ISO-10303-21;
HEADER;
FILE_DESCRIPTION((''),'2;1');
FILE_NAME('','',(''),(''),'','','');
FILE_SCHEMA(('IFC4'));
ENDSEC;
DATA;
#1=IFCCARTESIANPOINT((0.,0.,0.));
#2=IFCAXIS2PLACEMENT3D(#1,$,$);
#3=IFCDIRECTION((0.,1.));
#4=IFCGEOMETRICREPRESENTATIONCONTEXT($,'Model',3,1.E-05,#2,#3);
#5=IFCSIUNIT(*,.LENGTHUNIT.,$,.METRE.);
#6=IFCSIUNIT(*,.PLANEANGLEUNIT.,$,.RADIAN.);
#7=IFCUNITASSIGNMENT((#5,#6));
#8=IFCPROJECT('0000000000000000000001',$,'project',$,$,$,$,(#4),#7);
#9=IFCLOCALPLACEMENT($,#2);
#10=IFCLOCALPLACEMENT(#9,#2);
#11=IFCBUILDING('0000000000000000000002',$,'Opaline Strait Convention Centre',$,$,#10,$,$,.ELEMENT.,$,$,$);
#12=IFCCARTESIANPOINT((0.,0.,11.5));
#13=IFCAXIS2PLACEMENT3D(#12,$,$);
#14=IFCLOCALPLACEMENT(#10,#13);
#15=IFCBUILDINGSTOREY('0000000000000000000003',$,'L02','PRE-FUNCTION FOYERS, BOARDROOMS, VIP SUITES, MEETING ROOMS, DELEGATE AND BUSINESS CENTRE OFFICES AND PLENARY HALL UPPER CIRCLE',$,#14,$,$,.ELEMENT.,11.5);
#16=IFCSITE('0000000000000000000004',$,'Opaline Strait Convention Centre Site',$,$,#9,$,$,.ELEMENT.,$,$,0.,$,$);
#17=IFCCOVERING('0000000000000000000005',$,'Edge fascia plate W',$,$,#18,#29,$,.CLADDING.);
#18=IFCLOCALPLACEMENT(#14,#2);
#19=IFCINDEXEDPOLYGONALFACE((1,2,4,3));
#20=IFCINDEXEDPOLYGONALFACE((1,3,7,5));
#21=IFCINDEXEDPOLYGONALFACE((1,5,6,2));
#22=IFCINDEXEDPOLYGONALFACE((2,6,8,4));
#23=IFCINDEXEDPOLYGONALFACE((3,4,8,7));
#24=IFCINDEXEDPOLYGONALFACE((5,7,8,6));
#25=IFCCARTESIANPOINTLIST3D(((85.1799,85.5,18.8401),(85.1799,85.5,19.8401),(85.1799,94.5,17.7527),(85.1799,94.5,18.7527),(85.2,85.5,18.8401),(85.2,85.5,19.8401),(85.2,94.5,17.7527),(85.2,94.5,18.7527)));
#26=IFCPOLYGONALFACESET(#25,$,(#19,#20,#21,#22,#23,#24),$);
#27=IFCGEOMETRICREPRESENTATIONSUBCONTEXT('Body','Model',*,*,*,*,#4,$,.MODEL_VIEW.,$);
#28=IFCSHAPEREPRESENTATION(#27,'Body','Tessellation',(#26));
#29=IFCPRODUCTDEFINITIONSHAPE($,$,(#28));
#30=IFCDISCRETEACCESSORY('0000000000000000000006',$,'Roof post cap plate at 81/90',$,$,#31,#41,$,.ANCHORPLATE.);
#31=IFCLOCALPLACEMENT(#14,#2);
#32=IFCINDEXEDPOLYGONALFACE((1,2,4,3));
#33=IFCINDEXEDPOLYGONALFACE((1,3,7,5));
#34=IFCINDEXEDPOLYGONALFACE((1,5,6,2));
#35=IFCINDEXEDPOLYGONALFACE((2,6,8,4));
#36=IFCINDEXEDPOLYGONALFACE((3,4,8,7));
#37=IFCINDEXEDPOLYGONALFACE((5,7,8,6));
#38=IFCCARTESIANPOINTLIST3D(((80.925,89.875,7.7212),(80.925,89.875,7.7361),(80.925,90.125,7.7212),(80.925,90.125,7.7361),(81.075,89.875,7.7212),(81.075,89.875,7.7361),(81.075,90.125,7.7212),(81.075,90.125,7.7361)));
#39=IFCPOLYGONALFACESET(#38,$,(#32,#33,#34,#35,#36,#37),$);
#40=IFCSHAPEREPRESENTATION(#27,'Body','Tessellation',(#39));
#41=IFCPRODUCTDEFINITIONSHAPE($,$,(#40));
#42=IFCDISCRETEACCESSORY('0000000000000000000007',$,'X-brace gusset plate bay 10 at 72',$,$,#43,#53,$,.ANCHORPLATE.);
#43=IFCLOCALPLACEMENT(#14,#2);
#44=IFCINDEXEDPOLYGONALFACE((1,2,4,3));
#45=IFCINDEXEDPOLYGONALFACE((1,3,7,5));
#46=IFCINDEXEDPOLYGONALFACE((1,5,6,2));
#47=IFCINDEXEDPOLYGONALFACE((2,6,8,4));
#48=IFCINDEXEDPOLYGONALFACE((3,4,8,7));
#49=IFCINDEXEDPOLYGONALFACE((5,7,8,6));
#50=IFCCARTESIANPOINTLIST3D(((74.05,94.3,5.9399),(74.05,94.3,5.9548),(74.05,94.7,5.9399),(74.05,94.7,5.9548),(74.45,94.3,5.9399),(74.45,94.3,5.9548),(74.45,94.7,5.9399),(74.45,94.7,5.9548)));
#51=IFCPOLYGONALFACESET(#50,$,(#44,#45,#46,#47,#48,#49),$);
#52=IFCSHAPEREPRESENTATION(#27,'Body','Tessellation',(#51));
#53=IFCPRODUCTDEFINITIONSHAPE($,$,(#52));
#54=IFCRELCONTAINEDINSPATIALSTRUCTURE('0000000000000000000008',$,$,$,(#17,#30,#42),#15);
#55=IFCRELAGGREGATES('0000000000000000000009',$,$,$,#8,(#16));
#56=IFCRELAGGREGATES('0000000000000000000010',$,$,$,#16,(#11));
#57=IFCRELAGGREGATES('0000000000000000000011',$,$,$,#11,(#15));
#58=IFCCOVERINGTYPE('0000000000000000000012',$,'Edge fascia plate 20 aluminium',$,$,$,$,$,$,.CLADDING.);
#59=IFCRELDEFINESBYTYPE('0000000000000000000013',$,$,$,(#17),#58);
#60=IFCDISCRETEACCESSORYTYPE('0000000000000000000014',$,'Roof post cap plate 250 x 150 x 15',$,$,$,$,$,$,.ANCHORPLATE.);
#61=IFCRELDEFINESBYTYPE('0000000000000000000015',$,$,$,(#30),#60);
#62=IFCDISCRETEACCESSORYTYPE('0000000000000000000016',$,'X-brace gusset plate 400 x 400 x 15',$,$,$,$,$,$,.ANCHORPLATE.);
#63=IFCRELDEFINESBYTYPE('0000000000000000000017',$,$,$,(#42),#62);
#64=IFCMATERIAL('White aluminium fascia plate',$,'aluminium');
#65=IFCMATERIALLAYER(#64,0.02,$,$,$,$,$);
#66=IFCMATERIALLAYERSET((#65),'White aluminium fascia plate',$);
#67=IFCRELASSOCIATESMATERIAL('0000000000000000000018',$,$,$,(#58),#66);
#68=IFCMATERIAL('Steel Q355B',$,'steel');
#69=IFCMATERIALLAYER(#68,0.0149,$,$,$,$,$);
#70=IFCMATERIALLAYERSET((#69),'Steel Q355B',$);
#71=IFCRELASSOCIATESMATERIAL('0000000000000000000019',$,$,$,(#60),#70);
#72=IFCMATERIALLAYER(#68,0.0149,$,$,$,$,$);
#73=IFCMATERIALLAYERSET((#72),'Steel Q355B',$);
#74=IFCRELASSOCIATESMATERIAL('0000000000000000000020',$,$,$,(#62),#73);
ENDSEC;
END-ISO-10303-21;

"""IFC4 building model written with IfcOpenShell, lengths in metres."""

from ifc_helpers import new_model, si_unit, direction, frame, origin, origin_2d, place, context, subcontext, project, spatial, polyline, rectangle, outline, extrude, material, layer, layer_set, type_object, element, save


model = new_model("IFC4")

# Units and contexts
model_context = context("Model", 3, precision=1e-05, world=origin(), true_north=direction((0.0, 1.0)))
body_context = subcontext(model_context, "Body", "Model", "MODEL_VIEW")
ifc_project = project(units=[si_unit("LENGTHUNIT", "METRE"), si_unit("PLANEANGLEUNIT", "RADIAN")], contexts=[model_context])

# Site, building, storey
site_placement = place(None, origin())
site = spatial("IfcSite", under=ifc_project, at=site_placement, Name="Opaline Strait Convention Centre Site", CompositionType="ELEMENT", RefElevation=0.0)
building_placement = place(site_placement, origin())
building = spatial("IfcBuilding", under=site, at=building_placement, Name="Opaline Strait Convention Centre", CompositionType="ELEMENT")
storey_placement = place(building_placement, frame((0.0, 0.0, 11.5)))
storey = spatial("IfcBuildingStorey", under=building, at=storey_placement, Name="L02", Description="PRE-FUNCTION FOYERS, BOARDROOMS, VIP SUITES, MEETING ROOMS, DELEGATE AND BUSINESS CENTRE OFFICES AND PLENARY HALL UPPER CIRCLE", CompositionType="ELEMENT", Elevation=11.5)

# Shared definitions
ifc_material_1 = material(Name="Steel Q355B", Category="steel")

# Covering
ifc_material_2 = material(Name="White aluminium fascia plate", Category="aluminium")
ifc_layer_1 = layer(ifc_material_2, 0.02)
ifc_layer_set_1 = layer_set([ifc_layer_1], Name="White aluminium fascia plate")
covering_type = type_object("IfcCoveringType", Name="Edge fascia plate 20 aluminium", PredefinedType="CLADDING", material=ifc_layer_set_1)
covering_placement = place(storey_placement, frame((85.2, 90.0, 18.7964), z_axis=(-1.0, 0.0, 0.0), x_axis=(0.0, -1.0, 0.0)))
element("IfcCovering", 1, at=covering_placement, inside=storey, type_object=covering_type, Name="Edge fascia plate W", PredefinedType="CLADDING", context=body_context, shape_type="SweptSolid", body=[
    extrude(outline(polyline([(-4.5, -0.0437), (4.5, 1.0437), (4.5, 0.0437), (-4.5, -1.0437), (-4.5, -0.0437)])), origin(), (0.0, 0.0, 1.0), 0.02),
])

# Discrete accessories
ifc_layer_2 = layer(ifc_material_1, 0.0149)
ifc_layer_set_2 = layer_set([ifc_layer_2], Name="Steel Q355B")
discrete_accessory_type_1 = type_object("IfcDiscreteAccessoryType", Name="Roof post cap plate 250 x 150 x 15", PredefinedType="ANCHORPLATE", material=ifc_layer_set_2)
discrete_accessory_1_placement = place(storey_placement, frame((81.0, 90.0, 7.7212), z_axis=(0.0, 0.0, 1.0), x_axis=(1.0, 0.0, 0.0)))
element("IfcDiscreteAccessory", 2, at=discrete_accessory_1_placement, inside=storey, type_object=discrete_accessory_type_1, Name="Roof post cap plate at 81/90", PredefinedType="ANCHORPLATE", context=body_context, shape_type="SweptSolid", body=[
    extrude(rectangle(XDim=0.1499, YDim=0.25, at=origin_2d()), origin(), (0.0, 0.0, 1.0), 0.0149),
])
ifc_layer_3 = layer(ifc_material_1, 0.0149)
ifc_layer_set_3 = layer_set([ifc_layer_3], Name="Steel Q355B")
discrete_accessory_type_2 = type_object("IfcDiscreteAccessoryType", Name="X-brace gusset plate 400 x 400 x 15", PredefinedType="ANCHORPLATE", material=ifc_layer_set_3)
discrete_accessory_2_placement = place(storey_placement, frame((74.25, 94.5, 5.9399), z_axis=(0.0, 0.0, 1.0), x_axis=(1.0, 0.0, 0.0)))
element("IfcDiscreteAccessory", 3, at=discrete_accessory_2_placement, inside=storey, type_object=discrete_accessory_type_2, Name="X-brace gusset plate bay 10 at 72", PredefinedType="ANCHORPLATE", context=body_context, shape_type="SweptSolid", body=[
    extrude(rectangle(XDim=0.3999, YDim=0.3999, at=origin_2d()), origin(), (0.0, 0.0, 1.0), 0.0149),
])

save(model, "model.ifc")
